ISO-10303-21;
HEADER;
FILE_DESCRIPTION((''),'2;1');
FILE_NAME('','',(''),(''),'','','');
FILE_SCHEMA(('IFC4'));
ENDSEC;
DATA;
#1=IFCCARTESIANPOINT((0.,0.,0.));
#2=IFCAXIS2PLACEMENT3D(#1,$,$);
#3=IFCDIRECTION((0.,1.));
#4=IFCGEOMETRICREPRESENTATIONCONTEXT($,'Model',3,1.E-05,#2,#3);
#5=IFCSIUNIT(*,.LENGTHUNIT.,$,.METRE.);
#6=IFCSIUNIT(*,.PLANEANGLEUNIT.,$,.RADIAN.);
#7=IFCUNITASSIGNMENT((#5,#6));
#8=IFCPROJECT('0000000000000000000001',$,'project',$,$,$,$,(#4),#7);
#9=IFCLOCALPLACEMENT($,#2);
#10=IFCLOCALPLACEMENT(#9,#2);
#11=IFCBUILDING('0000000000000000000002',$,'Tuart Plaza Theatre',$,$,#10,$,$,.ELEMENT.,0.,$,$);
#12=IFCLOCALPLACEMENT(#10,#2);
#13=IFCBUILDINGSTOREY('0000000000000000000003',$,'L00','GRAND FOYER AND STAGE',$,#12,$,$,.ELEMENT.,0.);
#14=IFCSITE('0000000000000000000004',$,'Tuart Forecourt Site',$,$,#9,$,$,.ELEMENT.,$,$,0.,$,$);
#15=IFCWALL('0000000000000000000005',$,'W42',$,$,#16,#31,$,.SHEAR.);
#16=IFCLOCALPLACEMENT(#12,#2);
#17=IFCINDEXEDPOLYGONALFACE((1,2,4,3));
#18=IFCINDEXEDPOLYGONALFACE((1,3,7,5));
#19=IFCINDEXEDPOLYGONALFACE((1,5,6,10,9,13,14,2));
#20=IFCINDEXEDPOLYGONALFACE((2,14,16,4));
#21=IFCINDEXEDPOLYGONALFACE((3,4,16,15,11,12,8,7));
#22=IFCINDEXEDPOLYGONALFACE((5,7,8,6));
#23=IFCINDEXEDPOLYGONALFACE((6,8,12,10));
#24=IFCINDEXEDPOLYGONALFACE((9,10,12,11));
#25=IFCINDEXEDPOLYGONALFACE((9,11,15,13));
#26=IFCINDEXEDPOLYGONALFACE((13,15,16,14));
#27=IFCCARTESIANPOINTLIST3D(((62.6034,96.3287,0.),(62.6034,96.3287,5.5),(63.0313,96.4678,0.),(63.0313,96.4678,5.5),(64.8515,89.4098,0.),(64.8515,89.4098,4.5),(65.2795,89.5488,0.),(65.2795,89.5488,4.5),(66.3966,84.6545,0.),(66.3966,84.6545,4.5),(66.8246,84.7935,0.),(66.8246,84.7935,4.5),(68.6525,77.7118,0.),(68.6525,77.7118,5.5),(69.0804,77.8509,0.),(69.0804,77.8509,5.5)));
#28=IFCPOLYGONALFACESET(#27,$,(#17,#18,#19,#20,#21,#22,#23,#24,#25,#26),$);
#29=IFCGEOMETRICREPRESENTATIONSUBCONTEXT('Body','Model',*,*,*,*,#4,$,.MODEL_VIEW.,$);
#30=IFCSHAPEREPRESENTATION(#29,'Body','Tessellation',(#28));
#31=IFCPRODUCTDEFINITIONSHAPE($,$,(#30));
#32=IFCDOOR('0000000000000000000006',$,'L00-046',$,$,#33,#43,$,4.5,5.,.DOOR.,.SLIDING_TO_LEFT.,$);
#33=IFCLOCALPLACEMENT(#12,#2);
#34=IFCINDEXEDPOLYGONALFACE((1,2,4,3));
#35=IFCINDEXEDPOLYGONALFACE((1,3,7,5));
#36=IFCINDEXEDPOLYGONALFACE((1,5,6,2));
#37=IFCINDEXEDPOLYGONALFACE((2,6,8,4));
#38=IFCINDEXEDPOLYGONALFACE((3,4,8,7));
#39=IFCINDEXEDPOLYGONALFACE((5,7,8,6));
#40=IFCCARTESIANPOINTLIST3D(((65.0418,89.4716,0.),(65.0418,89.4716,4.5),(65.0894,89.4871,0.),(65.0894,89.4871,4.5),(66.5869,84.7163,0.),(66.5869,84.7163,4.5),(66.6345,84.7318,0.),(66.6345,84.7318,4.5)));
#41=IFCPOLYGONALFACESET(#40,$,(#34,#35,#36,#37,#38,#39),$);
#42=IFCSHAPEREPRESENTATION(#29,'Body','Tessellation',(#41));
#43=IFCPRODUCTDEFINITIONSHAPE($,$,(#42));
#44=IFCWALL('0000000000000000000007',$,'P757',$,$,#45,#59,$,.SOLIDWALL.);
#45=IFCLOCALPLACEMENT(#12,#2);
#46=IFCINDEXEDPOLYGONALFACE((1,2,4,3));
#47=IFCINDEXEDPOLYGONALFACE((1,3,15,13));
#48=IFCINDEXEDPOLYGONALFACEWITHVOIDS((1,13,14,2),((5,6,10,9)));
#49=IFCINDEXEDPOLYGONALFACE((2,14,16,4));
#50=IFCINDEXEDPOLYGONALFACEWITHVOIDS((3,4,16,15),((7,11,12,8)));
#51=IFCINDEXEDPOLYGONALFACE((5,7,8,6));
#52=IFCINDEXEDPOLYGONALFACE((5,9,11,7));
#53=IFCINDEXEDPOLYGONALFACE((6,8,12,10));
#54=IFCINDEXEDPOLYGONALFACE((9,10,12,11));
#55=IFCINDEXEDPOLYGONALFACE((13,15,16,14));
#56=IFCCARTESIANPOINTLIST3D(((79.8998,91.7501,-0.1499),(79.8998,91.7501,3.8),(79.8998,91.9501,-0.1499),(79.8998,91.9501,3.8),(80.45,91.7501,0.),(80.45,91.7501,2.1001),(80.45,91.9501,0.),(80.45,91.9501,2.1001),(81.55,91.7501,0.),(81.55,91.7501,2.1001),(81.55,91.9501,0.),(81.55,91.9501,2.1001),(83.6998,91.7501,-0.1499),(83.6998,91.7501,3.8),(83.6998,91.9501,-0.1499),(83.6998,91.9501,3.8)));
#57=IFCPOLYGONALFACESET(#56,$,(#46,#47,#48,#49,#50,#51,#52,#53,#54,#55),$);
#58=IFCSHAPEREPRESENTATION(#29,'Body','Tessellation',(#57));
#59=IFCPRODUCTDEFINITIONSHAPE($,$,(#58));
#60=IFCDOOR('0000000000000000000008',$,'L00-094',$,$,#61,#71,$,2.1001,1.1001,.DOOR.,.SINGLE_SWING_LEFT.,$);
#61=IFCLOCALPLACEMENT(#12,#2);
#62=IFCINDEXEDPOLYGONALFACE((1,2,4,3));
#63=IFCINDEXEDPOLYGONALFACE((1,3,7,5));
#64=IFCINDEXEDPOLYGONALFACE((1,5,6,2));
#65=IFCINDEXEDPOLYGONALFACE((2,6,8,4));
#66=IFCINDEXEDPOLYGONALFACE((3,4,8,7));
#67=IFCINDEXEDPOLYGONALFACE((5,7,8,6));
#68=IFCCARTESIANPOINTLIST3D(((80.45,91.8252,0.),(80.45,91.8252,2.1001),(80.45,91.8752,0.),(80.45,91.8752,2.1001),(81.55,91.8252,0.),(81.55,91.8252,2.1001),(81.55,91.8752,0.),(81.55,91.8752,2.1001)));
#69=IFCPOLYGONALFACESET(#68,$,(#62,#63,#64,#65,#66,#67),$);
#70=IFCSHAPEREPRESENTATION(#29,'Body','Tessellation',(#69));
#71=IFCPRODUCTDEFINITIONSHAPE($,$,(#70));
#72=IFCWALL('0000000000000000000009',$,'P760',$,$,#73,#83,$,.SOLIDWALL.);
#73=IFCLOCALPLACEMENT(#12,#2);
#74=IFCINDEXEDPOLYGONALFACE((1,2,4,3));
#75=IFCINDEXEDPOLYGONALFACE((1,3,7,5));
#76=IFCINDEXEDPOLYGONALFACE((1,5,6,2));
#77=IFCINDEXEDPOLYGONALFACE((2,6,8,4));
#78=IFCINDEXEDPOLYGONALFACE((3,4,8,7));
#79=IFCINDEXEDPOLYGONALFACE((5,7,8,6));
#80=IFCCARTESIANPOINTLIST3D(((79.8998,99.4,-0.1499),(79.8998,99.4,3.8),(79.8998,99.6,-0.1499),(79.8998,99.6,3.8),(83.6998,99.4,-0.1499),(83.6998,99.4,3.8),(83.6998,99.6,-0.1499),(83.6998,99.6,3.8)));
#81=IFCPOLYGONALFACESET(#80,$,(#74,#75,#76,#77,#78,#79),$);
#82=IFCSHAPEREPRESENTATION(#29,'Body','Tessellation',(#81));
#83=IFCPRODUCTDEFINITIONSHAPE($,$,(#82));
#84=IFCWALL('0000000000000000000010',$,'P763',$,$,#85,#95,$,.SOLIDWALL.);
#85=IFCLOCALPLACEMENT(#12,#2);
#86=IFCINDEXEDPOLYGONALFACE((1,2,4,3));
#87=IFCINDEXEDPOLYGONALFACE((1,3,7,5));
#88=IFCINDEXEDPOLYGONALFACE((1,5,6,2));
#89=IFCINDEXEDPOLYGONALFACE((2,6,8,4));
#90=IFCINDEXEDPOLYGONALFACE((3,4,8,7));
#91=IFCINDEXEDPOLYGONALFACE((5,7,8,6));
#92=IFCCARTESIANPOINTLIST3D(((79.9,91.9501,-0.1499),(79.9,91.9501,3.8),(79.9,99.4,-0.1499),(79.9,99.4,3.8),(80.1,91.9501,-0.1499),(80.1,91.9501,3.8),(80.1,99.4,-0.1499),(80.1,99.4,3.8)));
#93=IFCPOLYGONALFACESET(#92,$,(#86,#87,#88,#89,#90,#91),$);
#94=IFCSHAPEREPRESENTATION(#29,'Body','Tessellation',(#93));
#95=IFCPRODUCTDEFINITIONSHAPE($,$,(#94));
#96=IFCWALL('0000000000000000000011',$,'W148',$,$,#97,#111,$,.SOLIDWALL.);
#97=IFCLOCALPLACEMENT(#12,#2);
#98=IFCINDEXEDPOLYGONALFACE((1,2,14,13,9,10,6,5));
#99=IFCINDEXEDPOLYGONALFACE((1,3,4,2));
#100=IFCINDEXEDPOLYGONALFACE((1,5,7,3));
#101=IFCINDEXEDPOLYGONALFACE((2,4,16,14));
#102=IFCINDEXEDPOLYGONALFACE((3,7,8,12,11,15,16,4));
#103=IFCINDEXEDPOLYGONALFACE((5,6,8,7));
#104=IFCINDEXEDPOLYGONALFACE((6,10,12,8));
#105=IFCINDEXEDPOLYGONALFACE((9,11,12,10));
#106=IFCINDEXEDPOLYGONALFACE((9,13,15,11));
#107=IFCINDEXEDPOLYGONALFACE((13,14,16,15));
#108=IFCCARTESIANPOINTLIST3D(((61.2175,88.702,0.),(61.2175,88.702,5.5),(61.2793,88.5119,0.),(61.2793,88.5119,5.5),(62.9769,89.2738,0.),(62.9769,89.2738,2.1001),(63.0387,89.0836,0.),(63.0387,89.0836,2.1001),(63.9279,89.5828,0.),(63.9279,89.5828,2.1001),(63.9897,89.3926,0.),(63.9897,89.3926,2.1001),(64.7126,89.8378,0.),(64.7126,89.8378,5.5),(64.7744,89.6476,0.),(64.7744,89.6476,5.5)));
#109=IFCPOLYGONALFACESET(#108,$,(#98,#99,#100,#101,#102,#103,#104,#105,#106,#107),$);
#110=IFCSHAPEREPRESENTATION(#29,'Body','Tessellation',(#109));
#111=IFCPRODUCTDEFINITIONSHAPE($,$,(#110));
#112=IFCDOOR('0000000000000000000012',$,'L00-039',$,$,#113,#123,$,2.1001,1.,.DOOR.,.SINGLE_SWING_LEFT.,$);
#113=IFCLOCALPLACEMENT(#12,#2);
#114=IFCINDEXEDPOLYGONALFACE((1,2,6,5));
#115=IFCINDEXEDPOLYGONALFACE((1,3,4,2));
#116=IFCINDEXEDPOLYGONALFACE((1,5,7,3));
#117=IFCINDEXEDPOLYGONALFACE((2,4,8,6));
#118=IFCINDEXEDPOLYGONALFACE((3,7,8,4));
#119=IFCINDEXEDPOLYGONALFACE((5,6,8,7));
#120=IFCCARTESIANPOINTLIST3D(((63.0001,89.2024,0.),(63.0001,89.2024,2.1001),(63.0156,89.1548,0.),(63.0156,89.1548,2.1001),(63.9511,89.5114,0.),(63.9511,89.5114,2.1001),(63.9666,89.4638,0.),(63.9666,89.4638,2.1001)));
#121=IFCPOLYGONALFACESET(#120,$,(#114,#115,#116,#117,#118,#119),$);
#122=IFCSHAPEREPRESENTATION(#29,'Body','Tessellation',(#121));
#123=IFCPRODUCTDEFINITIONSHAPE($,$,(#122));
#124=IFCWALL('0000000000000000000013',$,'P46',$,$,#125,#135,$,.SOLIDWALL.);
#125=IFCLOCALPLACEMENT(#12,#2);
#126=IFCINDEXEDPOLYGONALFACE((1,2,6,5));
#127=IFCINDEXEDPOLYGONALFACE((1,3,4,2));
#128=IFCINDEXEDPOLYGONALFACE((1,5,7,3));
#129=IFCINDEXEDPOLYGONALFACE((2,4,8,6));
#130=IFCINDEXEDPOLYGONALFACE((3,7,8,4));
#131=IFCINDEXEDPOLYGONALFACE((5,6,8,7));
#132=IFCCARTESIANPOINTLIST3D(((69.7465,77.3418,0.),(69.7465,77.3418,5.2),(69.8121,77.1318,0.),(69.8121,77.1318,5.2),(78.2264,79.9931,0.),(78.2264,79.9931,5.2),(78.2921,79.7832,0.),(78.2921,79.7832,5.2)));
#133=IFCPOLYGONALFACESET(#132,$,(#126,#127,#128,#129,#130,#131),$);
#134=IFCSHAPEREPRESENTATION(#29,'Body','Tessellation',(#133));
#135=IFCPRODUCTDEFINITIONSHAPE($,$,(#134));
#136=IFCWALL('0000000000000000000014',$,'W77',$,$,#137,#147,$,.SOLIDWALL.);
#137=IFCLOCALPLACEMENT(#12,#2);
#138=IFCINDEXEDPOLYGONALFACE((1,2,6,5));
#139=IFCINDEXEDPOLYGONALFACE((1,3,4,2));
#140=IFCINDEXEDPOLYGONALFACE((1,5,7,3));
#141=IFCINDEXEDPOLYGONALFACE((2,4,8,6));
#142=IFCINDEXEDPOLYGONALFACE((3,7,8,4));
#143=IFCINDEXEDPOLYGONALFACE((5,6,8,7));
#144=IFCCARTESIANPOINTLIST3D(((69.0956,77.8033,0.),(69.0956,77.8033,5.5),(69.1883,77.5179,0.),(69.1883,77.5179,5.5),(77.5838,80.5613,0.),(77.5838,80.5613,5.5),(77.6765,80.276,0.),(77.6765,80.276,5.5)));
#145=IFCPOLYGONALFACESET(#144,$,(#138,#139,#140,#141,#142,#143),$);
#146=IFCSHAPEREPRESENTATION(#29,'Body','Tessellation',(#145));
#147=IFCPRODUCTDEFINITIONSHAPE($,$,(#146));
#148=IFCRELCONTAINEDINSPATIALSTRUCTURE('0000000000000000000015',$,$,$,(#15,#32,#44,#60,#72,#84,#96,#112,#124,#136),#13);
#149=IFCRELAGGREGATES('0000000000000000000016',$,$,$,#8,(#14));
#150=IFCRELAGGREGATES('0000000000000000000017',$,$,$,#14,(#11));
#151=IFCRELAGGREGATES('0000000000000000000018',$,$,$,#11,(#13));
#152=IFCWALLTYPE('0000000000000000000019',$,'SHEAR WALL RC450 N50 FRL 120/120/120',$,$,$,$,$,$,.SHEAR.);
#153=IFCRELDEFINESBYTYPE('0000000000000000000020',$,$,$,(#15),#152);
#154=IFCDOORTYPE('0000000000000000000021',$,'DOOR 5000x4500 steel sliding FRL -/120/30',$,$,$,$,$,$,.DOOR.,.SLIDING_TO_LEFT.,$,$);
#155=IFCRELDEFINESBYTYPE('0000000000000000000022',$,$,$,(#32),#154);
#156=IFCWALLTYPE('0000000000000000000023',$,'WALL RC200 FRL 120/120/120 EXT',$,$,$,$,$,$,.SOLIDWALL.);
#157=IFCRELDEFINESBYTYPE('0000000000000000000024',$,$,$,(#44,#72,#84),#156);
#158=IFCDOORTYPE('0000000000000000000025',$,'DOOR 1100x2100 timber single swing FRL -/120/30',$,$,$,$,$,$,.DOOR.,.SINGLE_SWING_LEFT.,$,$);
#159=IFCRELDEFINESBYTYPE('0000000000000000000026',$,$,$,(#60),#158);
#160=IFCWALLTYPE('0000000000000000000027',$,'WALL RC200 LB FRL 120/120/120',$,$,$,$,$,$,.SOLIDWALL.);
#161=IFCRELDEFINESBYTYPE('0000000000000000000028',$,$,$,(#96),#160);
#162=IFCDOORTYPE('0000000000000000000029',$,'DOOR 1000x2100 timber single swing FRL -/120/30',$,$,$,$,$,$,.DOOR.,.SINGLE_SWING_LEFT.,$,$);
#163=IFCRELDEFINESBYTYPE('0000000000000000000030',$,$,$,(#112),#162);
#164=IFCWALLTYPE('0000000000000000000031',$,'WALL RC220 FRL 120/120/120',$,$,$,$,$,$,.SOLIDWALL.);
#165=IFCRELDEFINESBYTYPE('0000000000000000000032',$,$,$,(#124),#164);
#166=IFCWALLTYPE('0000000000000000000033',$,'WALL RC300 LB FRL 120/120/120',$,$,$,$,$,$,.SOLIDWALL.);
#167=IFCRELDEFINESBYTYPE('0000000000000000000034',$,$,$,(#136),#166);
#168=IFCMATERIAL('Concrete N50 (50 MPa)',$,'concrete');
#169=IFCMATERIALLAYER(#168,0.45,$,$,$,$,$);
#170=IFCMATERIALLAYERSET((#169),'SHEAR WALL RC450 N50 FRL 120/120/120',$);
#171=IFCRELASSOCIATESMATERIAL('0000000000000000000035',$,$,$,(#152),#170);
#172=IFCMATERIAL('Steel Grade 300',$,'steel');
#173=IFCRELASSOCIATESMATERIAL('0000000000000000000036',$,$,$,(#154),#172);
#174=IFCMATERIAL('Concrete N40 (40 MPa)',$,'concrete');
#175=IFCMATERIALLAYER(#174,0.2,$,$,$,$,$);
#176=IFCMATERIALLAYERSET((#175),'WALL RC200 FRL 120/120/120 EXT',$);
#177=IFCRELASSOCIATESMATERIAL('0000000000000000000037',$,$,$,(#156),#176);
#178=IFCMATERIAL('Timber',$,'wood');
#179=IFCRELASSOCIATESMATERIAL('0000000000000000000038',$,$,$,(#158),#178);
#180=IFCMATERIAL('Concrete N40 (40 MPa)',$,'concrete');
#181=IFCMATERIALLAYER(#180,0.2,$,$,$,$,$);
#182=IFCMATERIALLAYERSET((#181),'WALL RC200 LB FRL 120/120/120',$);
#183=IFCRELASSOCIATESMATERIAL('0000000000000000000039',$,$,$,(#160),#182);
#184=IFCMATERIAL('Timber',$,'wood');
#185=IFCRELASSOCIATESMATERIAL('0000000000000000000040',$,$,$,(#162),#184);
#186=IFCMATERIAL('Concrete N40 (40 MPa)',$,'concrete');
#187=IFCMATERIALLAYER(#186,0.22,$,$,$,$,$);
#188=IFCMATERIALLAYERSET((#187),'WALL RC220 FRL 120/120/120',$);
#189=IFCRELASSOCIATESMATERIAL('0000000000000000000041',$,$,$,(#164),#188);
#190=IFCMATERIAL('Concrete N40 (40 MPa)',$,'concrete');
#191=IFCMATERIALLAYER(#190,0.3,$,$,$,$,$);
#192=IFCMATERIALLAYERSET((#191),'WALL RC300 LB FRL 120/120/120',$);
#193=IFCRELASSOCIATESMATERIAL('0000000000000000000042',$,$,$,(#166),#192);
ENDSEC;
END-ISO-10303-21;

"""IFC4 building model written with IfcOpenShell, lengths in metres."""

from ifc_helpers import new_model, si_unit, direction, frame, frame_2d, origin, place, context, subcontext, project, spatial, rectangle, extrude, material, layer, layer_set, type_object, element, fill, save


model = new_model("IFC4")

# Units and contexts
model_context = context("Model", 3, precision=1e-05, world=origin(), true_north=direction((0.0, 1.0)))
body_context = subcontext(model_context, "Body", "Model", "MODEL_VIEW")
ifc_project = project(units=[si_unit("LENGTHUNIT", "METRE"), si_unit("PLANEANGLEUNIT", "RADIAN")], contexts=[model_context])

# Site, building, storey
site_placement = place(None, origin())
site = spatial("IfcSite", under=ifc_project, at=site_placement, Name="Tuart Forecourt Site", CompositionType="ELEMENT", RefElevation=0.0)
building_placement = place(site_placement, origin())
building = spatial("IfcBuilding", under=site, at=building_placement, Name="Tuart Plaza Theatre", CompositionType="ELEMENT", ElevationOfRefHeight=0.0)
storey_placement = place(building_placement, origin())
storey = spatial("IfcBuildingStorey", under=building, at=storey_placement, Name="L00", Description="GRAND FOYER AND STAGE", CompositionType="ELEMENT", Elevation=0.0)

# Walls, openings, doors
ifc_material_1 = material(Name="Concrete N50 (50 MPa)", Category="concrete")
ifc_layer_1 = layer(ifc_material_1, 0.45)
ifc_layer_set_1 = layer_set([ifc_layer_1], Name="SHEAR WALL RC450 N50 FRL 120/120/120")
wall_type_1 = type_object("IfcWallType", Name="SHEAR WALL RC450 N50 FRL 120/120/120", PredefinedType="SHEAR", material=ifc_layer_set_1)
wall_1_placement = place(storey_placement, frame((68.8665, 77.7812, 0.0), z_axis=(0.0, 0.0, 1.0), x_axis=(-0.30902, 0.951056, 0.0)))
wall_1 = element("IfcWall", 1, at=wall_1_placement, inside=storey, type_object=wall_type_1, Name="W42", PredefinedType="SHEAR", context=body_context, shape_type="SweptSolid", body=[
    extrude(rectangle(XDim=19.575, YDim=0.45, at=frame_2d((9.7876, 0.0))), origin(), (0.0, 0.0, 1.0), 5.5),
])
opening_1_placement = place(wall_1_placement, frame((7.3, 0.0, 0.0)))
opening_1 = element("IfcOpeningElement", 2, at=opening_1_placement, cuts=wall_1, PredefinedType="OPENING", context=body_context, shape_type="SweptSolid", body=[
    extrude(rectangle(XDim=5.0, YDim=4.5, at=frame_2d((2.5, 2.25))), frame((0.0, 0.2349, 0.0), z_axis=(0.0, -1.0, 0.0), x_axis=(1.0, 0.0, 0.0)), (0.0, 0.0, 1.0), 0.47),
])
ifc_material_2 = material(Name="Steel Grade 300", Category="steel")
door_type_1 = type_object("IfcDoorType", Name="DOOR 5000x4500 steel sliding FRL -/120/30", OperationType="SLIDING_TO_LEFT", PredefinedType="DOOR", material=ifc_material_2)
door_1_placement = place(opening_1_placement, origin())
door_1 = element("IfcDoor", 3, at=door_1_placement, inside=storey, type_object=door_type_1, Name="L00-046", OperationType="SLIDING_TO_LEFT", OverallHeight=4.5, OverallWidth=5.0, PredefinedType="DOOR", context=body_context, shape_type="SweptSolid", body=[
    extrude(rectangle(XDim=5.0, YDim=4.5, at=frame_2d((2.5, 2.25))), frame((0.0, 0.0249, 0.0), z_axis=(0.0, -1.0, 0.0), x_axis=(1.0, 0.0, 0.0)), (0.0, 0.0, 1.0), 0.05),
])
fill(opening_1, door_1)
ifc_material_3 = material(Name="Concrete N40 (40 MPa)", Category="concrete")
ifc_layer_2 = layer(ifc_material_3, 0.2)
ifc_layer_set_2 = layer_set([ifc_layer_2], Name="WALL RC200 FRL 120/120/120 EXT")
wall_type_2 = type_object("IfcWallType", Name="WALL RC200 FRL 120/120/120 EXT", PredefinedType="SOLIDWALL", material=ifc_layer_set_2)
wall_2_placement = place(storey_placement, frame((79.8999, 91.8501, -0.1499), z_axis=(0.0, 0.0, 1.0), x_axis=(1.0, 0.0, 0.0)))
wall_2 = element("IfcWall", 4, at=wall_2_placement, inside=storey, type_object=wall_type_2, Name="P757", PredefinedType="SOLIDWALL", context=body_context, shape_type="SweptSolid", body=[
    extrude(rectangle(XDim=3.8, YDim=0.2, at=frame_2d((1.8999, 0.0))), origin(), (0.0, 0.0, 1.0), 3.95),
])
opening_2_placement = place(wall_2_placement, frame((0.55, 0.0, 0.1499)))
opening_2 = element("IfcOpeningElement", 5, at=opening_2_placement, cuts=wall_2, PredefinedType="OPENING", context=body_context, shape_type="SweptSolid", body=[
    extrude(rectangle(XDim=1.1001, YDim=2.1001, at=frame_2d((0.55, 1.05))), frame((0.0, 0.1099, 0.0), z_axis=(0.0, -1.0, 0.0), x_axis=(1.0, 0.0, 0.0)), (0.0, 0.0, 1.0), 0.22),
])
ifc_material_4 = material(Name="Timber", Category="wood")
door_type_2 = type_object("IfcDoorType", Name="DOOR 1100x2100 timber single swing FRL -/120/30", OperationType="SINGLE_SWING_LEFT", PredefinedType="DOOR", material=ifc_material_4)
door_2_placement = place(opening_2_placement, frame((1.1001, 0.0, 0.0), z_axis=(0.0, 0.0, 1.0), x_axis=(-1.0, 0.0, 0.0)))
door_2 = element("IfcDoor", 6, at=door_2_placement, inside=storey, type_object=door_type_2, Name="L00-094", OperationType="SINGLE_SWING_LEFT", OverallHeight=2.1001, OverallWidth=1.1001, PredefinedType="DOOR", context=body_context, shape_type="SweptSolid", body=[
    extrude(rectangle(XDim=1.1001, YDim=2.1001, at=frame_2d((0.55, 1.05))), frame((0.0, 0.0249, 0.0), z_axis=(0.0, -1.0, 0.0), x_axis=(1.0, 0.0, 0.0)), (0.0, 0.0, 1.0), 0.05),
])
fill(opening_2, door_2)

# Walls
wall_3_placement = place(storey_placement, frame((79.8999, 99.5, -0.1499), z_axis=(0.0, 0.0, 1.0), x_axis=(1.0, 0.0, 0.0)))
element("IfcWall", 7, at=wall_3_placement, inside=storey, type_object=wall_type_2, Name="P760", PredefinedType="SOLIDWALL", context=body_context, shape_type="SweptSolid", body=[
    extrude(rectangle(XDim=3.8, YDim=0.2, at=frame_2d((1.8999, 0.0))), origin(), (0.0, 0.0, 1.0), 3.95),
])
wall_4_placement = place(storey_placement, frame((80.0, 91.95, -0.1499), z_axis=(0.0, 0.0, 1.0), x_axis=(0.0, 1.0, 0.0)))
element("IfcWall", 8, at=wall_4_placement, inside=storey, type_object=wall_type_2, Name="P763", PredefinedType="SOLIDWALL", context=body_context, shape_type="SweptSolid", body=[
    extrude(rectangle(XDim=7.45, YDim=0.2, at=frame_2d((3.7251, 0.0))), origin(), (0.0, 0.0, 1.0), 3.95),
])

# Wall, opening, door
ifc_material_5 = material(Name="Concrete N40 (40 MPa)", Category="concrete")
ifc_layer_3 = layer(ifc_material_5, 0.2)
ifc_layer_set_3 = layer_set([ifc_layer_3], Name="WALL RC200 LB FRL 120/120/120")
wall_type_3 = type_object("IfcWallType", Name="WALL RC200 LB FRL 120/120/120", PredefinedType="SOLIDWALL", material=ifc_layer_set_3)
wall_5_placement = place(storey_placement, frame((64.7434, 89.7427, 0.0), z_axis=(0.0, 0.0, 1.0), x_axis=(-0.951048, -0.309044, 0.0)))
wall_5 = element("IfcWall", 9, at=wall_5_placement, inside=storey, type_object=wall_type_3, Name="W148", PredefinedType="SOLIDWALL", context=body_context, shape_type="SweptSolid", body=[
    extrude(rectangle(XDim=3.675, YDim=0.2, at=frame_2d((1.8374, 0.0))), origin(), (0.0, 0.0, 1.0), 5.5),
])
opening_3_placement = place(wall_5_placement, frame((0.825, 0.0, 0.0)))
opening_3 = element("IfcOpeningElement", 10, at=opening_3_placement, cuts=wall_5, PredefinedType="OPENING", context=body_context, shape_type="SweptSolid", body=[
    extrude(rectangle(XDim=1.0, YDim=2.1001, at=frame_2d((0.5, 1.05))), frame((0.0, 0.1099, 0.0), z_axis=(0.0, -1.0, 0.0), x_axis=(1.0, 0.0, 0.0)), (0.0, 0.0, 1.0), 0.22),
])
ifc_material_6 = material(Name="Timber", Category="wood")
door_type_3 = type_object("IfcDoorType", Name="DOOR 1000x2100 timber single swing FRL -/120/30", OperationType="SINGLE_SWING_LEFT", PredefinedType="DOOR", material=ifc_material_6)
door_3_placement = place(opening_3_placement, frame((1.0, 0.0, 0.0), z_axis=(0.0, 0.0, 1.0), x_axis=(-1.0, 0.0, 0.0)))
door_3 = element("IfcDoor", 11, at=door_3_placement, inside=storey, type_object=door_type_3, Name="L00-039", OperationType="SINGLE_SWING_LEFT", OverallHeight=2.1001, OverallWidth=1.0, PredefinedType="DOOR", context=body_context, shape_type="SweptSolid", body=[
    extrude(rectangle(XDim=1.0, YDim=2.1001, at=frame_2d((0.5, 1.05))), frame((0.0, 0.0249, 0.0), z_axis=(0.0, -1.0, 0.0), x_axis=(1.0, 0.0, 0.0)), (0.0, 0.0, 1.0), 0.05),
])
fill(opening_3, door_3)

# Walls
ifc_material_7 = material(Name="Concrete N40 (40 MPa)", Category="concrete")
ifc_layer_4 = layer(ifc_material_7, 0.22)
ifc_layer_set_4 = layer_set([ifc_layer_4], Name="WALL RC220 FRL 120/120/120")
wall_type_4 = type_object("IfcWallType", Name="WALL RC220 FRL 120/120/120", PredefinedType="SOLIDWALL", material=ifc_layer_set_4)
wall_6_placement = place(storey_placement, frame((69.7793, 77.2368, 0.0), z_axis=(0.0, 0.0, 1.0), x_axis=(0.954436, 0.298416, 0.0)))
element("IfcWall", 12, at=wall_6_placement, inside=storey, type_object=wall_type_4, Name="P46", PredefinedType="SOLIDWALL", context=body_context, shape_type="SweptSolid", body=[
    extrude(rectangle(XDim=8.8848, YDim=0.22, at=frame_2d((4.4424, 0.0))), origin(), (0.0, 0.0, 1.0), 5.2),
])
ifc_material_8 = material(Name="Concrete N40 (40 MPa)", Category="concrete")
ifc_layer_5 = layer(ifc_material_8, 0.3)
ifc_layer_set_5 = layer_set([ifc_layer_5], Name="WALL RC300 LB FRL 120/120/120")
wall_type_5 = type_object("IfcWallType", Name="WALL RC300 LB FRL 120/120/120", PredefinedType="SOLIDWALL", material=ifc_layer_set_5)
wall_7_placement = place(storey_placement, frame((69.1421, 77.6606, 0.0), z_axis=(0.0, 0.0, 1.0), x_axis=(0.951055, 0.309022, 0.0)))
element("IfcWall", 13, at=wall_7_placement, inside=storey, type_object=wall_type_5, Name="W77", PredefinedType="SOLIDWALL", context=body_context, shape_type="SweptSolid", body=[
    extrude(rectangle(XDim=8.925, YDim=0.3, at=frame_2d((4.4624, 0.0))), origin(), (0.0, 0.0, 1.0), 5.5),
])

save(model, "model.ifc")
